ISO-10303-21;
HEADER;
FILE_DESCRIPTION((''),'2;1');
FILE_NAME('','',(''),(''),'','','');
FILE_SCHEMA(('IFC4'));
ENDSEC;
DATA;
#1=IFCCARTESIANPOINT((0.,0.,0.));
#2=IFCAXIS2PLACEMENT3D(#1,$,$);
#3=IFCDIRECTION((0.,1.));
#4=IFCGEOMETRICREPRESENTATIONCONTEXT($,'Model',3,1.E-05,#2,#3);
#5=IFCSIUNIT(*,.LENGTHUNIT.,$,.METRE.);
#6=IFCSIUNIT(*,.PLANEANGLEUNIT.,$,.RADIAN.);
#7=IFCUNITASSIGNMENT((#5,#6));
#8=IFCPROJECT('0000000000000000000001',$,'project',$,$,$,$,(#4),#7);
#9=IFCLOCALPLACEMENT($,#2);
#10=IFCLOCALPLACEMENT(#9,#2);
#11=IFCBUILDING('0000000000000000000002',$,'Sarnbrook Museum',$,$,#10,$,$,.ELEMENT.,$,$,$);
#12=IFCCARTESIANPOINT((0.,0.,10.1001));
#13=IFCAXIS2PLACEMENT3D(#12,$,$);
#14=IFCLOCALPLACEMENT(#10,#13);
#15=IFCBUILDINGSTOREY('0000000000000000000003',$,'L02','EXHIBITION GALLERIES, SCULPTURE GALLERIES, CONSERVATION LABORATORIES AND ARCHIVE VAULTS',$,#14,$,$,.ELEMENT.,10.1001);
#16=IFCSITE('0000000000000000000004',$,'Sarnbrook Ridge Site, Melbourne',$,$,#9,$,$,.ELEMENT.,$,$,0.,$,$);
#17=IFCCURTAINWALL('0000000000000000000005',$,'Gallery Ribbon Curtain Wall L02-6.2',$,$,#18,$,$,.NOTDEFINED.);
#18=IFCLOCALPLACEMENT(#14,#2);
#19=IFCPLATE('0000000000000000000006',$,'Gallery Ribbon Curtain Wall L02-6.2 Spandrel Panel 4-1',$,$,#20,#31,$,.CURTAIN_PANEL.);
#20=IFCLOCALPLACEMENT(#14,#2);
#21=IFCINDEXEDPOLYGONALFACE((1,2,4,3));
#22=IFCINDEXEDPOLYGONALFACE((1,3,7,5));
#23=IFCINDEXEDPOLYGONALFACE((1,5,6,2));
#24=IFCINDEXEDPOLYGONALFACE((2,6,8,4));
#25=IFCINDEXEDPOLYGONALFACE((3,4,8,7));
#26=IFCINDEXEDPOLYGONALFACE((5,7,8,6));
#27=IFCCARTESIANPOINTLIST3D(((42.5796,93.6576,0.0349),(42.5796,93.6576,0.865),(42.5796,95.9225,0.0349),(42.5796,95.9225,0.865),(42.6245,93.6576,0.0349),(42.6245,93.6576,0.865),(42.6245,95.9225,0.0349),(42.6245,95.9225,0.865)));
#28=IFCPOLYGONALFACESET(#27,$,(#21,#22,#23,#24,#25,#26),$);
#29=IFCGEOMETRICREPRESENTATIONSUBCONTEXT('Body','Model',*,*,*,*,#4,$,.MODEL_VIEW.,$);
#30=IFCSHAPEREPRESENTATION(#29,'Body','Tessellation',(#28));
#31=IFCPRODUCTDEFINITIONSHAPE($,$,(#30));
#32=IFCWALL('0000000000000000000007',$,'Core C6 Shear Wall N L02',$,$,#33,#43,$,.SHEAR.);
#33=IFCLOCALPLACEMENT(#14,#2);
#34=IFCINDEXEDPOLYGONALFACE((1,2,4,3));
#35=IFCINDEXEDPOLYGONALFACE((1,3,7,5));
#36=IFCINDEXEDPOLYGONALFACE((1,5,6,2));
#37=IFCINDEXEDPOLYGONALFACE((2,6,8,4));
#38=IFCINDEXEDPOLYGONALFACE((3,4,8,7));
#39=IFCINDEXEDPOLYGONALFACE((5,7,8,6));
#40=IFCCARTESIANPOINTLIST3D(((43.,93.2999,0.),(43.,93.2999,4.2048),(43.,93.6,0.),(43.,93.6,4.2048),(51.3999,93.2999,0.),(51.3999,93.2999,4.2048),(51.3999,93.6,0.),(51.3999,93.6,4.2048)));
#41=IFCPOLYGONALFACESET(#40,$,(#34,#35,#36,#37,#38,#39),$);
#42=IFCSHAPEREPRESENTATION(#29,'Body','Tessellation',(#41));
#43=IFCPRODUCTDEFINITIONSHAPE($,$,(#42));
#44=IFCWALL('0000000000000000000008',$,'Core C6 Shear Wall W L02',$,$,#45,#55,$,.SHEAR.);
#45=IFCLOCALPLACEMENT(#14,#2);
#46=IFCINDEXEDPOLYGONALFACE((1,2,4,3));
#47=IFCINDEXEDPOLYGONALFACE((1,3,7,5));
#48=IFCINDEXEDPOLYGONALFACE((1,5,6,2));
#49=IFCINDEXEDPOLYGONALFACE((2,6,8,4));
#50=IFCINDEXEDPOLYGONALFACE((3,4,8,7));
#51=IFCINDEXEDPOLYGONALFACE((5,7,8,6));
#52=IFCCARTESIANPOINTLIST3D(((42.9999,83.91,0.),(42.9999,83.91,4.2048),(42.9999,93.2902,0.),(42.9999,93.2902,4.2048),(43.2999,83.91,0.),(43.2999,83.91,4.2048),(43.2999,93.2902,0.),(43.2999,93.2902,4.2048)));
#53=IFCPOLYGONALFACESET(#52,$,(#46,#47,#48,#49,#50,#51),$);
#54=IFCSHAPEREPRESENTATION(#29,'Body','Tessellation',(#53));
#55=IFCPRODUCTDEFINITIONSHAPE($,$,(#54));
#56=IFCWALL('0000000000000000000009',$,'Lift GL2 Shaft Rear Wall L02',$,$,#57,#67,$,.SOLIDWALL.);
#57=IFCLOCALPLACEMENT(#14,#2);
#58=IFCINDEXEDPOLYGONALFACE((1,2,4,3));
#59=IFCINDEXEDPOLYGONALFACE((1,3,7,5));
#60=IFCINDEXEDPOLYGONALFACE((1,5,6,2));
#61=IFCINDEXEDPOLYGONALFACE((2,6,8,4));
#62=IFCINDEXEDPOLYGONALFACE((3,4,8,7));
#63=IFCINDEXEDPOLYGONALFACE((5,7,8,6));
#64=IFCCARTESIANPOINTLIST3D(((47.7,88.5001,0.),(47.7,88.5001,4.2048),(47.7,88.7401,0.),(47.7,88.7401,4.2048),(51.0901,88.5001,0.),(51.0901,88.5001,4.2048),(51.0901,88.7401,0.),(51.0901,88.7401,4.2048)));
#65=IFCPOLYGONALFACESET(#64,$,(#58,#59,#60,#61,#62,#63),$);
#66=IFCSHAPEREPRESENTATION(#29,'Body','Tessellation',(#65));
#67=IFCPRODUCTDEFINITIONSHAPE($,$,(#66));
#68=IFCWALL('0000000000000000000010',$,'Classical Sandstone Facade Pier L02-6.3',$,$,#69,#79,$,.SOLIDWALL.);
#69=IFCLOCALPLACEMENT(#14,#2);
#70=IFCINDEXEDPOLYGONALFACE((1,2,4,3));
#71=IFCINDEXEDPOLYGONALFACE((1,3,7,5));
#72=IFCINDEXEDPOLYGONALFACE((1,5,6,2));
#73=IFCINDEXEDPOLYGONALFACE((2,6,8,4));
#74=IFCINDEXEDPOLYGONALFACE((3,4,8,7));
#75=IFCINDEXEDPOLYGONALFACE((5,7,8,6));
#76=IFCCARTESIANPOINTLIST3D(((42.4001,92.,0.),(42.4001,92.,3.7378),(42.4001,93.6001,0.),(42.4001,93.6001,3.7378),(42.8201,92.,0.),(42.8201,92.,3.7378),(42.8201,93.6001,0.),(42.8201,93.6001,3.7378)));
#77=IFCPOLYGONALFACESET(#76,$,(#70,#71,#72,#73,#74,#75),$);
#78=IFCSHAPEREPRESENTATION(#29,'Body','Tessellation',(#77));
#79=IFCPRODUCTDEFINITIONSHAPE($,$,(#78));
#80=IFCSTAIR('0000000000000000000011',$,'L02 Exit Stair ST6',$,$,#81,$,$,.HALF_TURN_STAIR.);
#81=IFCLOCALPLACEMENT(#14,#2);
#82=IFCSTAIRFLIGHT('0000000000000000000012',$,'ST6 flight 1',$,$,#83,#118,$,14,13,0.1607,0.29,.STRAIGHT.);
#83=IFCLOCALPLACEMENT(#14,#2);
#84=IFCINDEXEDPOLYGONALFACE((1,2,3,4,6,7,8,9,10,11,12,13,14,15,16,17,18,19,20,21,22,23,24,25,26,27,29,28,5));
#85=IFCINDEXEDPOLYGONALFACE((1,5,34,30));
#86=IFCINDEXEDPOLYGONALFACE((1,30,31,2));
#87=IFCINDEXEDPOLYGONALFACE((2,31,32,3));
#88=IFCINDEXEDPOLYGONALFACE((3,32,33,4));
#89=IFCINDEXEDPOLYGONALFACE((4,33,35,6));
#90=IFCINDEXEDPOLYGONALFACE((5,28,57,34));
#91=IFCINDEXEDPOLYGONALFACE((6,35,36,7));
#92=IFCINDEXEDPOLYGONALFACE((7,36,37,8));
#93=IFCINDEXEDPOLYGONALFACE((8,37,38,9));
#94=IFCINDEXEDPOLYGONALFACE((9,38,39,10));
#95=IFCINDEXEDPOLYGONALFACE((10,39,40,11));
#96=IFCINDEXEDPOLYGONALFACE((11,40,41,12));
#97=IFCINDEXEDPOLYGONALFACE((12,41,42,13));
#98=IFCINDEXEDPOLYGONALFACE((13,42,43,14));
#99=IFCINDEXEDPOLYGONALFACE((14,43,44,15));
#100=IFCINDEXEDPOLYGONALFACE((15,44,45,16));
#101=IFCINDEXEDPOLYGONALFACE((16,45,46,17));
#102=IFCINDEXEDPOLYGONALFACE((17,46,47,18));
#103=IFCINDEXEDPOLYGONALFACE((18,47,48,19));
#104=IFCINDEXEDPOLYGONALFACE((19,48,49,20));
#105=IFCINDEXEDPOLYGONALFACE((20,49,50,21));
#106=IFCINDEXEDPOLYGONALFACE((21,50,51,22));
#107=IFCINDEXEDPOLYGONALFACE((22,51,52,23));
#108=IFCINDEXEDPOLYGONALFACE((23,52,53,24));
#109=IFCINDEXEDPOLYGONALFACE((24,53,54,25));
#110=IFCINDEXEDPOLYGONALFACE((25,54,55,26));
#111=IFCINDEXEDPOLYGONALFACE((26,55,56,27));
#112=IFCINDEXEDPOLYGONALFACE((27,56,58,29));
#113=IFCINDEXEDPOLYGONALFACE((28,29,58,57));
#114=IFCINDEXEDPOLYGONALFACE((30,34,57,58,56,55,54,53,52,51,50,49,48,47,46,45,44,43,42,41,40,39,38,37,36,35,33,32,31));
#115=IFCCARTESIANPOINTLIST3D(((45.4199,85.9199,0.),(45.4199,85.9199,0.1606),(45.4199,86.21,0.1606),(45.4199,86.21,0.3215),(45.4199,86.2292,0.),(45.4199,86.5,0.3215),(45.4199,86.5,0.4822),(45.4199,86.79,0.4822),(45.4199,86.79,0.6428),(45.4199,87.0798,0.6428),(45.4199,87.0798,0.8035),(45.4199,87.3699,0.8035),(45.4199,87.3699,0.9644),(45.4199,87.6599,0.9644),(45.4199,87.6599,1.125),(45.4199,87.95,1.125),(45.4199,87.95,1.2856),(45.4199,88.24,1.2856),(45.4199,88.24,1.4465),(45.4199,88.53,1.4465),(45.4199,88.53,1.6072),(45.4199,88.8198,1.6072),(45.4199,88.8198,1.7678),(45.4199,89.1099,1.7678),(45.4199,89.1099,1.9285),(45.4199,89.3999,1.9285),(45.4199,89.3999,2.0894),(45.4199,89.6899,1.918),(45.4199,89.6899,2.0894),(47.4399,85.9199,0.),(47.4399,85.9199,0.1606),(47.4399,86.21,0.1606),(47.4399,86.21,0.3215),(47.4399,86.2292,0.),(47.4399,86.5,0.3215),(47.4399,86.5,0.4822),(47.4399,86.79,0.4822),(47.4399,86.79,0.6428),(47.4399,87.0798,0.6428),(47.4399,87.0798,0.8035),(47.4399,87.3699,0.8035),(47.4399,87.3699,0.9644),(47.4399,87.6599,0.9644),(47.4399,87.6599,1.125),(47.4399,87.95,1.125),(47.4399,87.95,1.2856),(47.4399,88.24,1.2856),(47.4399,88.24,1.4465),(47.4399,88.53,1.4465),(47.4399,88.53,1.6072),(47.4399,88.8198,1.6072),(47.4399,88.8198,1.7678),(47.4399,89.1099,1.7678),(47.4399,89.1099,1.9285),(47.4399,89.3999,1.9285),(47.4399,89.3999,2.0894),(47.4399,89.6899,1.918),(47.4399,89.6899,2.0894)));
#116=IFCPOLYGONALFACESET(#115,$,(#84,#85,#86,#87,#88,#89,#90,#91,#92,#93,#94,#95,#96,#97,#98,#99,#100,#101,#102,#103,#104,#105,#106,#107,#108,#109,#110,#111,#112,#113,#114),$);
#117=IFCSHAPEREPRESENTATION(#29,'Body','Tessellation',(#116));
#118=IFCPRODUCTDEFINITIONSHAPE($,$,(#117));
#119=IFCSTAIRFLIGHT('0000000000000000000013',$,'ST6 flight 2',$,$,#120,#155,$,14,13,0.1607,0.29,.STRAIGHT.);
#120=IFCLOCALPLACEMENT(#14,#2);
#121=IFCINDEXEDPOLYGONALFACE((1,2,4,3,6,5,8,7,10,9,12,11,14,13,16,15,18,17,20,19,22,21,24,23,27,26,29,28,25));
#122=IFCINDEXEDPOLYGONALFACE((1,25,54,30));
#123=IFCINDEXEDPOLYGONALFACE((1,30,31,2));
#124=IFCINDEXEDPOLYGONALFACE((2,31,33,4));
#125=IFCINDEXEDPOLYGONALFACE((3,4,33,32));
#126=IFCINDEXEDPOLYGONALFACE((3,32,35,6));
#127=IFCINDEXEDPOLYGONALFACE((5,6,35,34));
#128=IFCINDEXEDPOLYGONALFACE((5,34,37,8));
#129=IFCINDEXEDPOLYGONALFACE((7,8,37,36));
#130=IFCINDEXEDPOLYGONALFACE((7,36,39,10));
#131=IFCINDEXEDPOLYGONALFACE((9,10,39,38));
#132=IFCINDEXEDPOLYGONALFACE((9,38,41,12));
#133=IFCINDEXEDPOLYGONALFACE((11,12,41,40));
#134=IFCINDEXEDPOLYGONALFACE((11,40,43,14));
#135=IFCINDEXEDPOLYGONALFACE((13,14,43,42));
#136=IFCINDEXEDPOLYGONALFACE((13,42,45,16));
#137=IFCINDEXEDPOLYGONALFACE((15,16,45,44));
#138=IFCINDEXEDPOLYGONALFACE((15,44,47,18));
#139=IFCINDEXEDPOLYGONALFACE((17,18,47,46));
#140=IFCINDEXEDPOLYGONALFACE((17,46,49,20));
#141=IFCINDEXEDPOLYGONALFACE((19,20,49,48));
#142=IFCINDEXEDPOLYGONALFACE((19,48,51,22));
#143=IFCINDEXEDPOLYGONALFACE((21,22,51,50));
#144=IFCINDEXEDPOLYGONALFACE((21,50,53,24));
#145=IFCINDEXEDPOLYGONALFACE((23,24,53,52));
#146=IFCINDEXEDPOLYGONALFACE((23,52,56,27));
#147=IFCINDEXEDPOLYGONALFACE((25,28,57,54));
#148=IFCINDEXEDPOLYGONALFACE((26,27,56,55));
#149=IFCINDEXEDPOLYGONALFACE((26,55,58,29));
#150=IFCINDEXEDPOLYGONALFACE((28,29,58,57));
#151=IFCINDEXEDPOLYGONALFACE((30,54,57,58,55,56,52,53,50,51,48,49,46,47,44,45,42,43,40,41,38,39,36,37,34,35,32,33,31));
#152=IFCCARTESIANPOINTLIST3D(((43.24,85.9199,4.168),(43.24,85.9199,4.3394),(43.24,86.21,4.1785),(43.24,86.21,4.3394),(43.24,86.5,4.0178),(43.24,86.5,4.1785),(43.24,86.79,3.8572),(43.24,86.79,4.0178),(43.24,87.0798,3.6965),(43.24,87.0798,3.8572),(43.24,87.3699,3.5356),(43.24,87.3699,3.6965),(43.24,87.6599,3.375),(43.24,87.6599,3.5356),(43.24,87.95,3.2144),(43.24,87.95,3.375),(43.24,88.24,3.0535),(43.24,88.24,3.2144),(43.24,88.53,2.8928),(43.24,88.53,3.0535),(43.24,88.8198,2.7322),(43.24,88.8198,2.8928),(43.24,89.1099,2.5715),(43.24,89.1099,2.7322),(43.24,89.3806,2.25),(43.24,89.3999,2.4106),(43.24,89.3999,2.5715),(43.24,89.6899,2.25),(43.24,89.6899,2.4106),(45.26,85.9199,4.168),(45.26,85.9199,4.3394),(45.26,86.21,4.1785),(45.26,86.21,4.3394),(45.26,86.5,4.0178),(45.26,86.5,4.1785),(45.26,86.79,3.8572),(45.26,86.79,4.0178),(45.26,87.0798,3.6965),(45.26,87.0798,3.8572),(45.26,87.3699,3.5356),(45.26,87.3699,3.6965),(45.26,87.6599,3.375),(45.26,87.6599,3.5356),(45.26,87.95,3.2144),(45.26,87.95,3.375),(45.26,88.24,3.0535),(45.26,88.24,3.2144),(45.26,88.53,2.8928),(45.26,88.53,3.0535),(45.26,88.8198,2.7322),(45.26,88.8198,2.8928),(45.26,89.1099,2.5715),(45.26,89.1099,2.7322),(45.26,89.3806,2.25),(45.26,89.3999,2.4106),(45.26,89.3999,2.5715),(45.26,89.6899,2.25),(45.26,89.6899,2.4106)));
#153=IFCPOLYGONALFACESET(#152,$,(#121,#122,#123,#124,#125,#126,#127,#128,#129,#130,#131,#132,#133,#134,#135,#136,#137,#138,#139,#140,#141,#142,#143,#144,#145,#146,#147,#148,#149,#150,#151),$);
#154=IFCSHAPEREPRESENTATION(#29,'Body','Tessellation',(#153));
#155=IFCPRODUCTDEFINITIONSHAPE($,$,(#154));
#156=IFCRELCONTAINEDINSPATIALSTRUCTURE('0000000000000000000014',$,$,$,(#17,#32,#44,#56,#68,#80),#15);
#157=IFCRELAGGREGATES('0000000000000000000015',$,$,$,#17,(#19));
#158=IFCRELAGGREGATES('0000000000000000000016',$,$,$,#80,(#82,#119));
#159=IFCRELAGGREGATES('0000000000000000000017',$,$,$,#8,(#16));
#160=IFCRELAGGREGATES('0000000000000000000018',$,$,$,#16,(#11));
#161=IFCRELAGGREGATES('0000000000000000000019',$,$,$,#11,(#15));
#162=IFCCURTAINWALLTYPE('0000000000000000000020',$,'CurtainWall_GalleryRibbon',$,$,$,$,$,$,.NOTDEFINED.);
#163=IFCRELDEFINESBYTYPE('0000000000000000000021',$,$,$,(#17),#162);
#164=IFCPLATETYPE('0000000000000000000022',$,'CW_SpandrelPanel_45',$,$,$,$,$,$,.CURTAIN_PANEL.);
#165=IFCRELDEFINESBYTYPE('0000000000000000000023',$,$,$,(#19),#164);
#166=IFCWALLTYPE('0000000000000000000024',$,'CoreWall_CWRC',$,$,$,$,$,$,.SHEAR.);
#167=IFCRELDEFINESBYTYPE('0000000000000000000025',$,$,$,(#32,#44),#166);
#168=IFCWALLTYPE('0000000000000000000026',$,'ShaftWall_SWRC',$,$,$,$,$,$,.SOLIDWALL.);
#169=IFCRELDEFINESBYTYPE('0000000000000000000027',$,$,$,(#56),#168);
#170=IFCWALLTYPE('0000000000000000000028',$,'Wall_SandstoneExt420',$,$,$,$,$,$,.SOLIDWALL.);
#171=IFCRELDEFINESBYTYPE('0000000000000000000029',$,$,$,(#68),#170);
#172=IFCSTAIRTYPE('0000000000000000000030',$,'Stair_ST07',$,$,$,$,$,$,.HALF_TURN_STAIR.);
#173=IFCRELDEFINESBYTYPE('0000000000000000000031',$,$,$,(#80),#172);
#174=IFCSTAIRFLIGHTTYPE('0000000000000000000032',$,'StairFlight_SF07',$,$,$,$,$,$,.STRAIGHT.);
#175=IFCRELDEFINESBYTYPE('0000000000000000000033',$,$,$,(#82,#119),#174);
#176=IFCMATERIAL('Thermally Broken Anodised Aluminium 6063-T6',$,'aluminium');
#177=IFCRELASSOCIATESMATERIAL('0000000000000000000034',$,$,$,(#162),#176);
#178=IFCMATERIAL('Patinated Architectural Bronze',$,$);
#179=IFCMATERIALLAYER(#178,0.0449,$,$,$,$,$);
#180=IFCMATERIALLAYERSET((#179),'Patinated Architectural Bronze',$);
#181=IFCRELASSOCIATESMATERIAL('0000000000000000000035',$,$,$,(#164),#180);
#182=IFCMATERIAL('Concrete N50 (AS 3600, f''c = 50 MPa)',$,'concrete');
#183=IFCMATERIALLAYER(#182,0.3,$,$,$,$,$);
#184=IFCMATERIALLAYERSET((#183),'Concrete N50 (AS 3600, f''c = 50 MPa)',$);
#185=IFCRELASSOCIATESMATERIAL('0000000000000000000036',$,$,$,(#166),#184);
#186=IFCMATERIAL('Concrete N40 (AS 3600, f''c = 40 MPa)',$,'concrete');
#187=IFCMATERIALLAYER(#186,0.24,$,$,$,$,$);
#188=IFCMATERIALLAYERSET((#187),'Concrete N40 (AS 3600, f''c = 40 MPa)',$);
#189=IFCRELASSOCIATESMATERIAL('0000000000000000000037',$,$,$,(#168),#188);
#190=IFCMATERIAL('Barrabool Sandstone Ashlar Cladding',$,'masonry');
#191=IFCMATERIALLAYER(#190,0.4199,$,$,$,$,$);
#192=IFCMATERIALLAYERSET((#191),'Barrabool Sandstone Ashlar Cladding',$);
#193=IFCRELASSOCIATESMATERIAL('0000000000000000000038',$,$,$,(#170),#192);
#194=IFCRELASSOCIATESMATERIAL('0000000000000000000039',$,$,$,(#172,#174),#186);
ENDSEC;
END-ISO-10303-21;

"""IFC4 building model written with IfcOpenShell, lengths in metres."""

from ifc_helpers import new_model, si_unit, direction, frame, frame_2d, origin, origin_2d, place, context, subcontext, project, spatial, polyline, rectangle, outline, extrude, material, layer, layer_set, type_object, element, aggregate, save


model = new_model("IFC4")

# Units and contexts
model_context = context("Model", 3, precision=1e-05, world=origin(), true_north=direction((0.0, 1.0)))
body_context = subcontext(model_context, "Body", "Model", "MODEL_VIEW")
ifc_project = project(units=[si_unit("LENGTHUNIT", "METRE"), si_unit("PLANEANGLEUNIT", "RADIAN")], contexts=[model_context])

# Site, building, storey
site_placement = place(None, origin())
site = spatial("IfcSite", under=ifc_project, at=site_placement, Name="Sarnbrook Ridge Site, Melbourne", CompositionType="ELEMENT", RefElevation=0.0)
building_placement = place(site_placement, origin())
building = spatial("IfcBuilding", under=site, at=building_placement, Name="Sarnbrook Museum", CompositionType="ELEMENT")
storey_placement = place(building_placement, frame((0.0, 0.0, 10.1001)))
storey = spatial("IfcBuildingStorey", under=building, at=storey_placement, Name="L02", Description="EXHIBITION GALLERIES, SCULPTURE GALLERIES, CONSERVATION LABORATORIES AND ARCHIVE VAULTS", CompositionType="ELEMENT", Elevation=10.1001)

# Curtain wall
ifc_material_1 = material(Name="Thermally Broken Anodised Aluminium 6063-T6", Category="aluminium")
curtain_wall_type = type_object("IfcCurtainWallType", Name="CurtainWall_GalleryRibbon", PredefinedType="NOTDEFINED", material=ifc_material_1)
curtain_wall_placement = place(storey_placement, origin())
curtain_wall = element("IfcCurtainWall", 1, at=curtain_wall_placement, inside=storey, type_object=curtain_wall_type, Name="Gallery Ribbon Curtain Wall L02-6.2", PredefinedType="NOTDEFINED")

# Plate
ifc_material_2 = material(Name="Patinated Architectural Bronze")
ifc_layer_1 = layer(ifc_material_2, 0.0449)
ifc_layer_set_1 = layer_set([ifc_layer_1], Name="Patinated Architectural Bronze")
plate_type_1 = type_object("IfcPlateType", Name="CW_SpandrelPanel_45", PredefinedType="CURTAIN_PANEL", material=ifc_layer_set_1)
plate_1_placement = place(storey_placement, frame((42.6245, 94.79, 0.45), z_axis=(-1.0, 0.0, 0.0), x_axis=(0.0, -1.0, 0.0)))
plate_1 = element("IfcPlate", 2, at=plate_1_placement, type_object=plate_type_1, Name="Gallery Ribbon Curtain Wall L02-6.2 Spandrel Panel 4-1", PredefinedType="CURTAIN_PANEL", context=body_context, shape_type="SweptSolid", body=[
    extrude(rectangle(XDim=2.2649, YDim=0.8301, at=origin_2d()), origin(), (0.0, 0.0, 1.0), 0.0449),
])
aggregate(curtain_wall, [plate_1])

# Walls
ifc_material_3 = material(Name="Concrete N50 (AS 3600, f'c = 50 MPa)", Category="concrete")
ifc_layer_2 = layer(ifc_material_3, 0.3)
ifc_layer_set_2 = layer_set([ifc_layer_2], Name="Concrete N50 (AS 3600, f'c = 50 MPa)")
wall_type_1 = type_object("IfcWallType", Name="CoreWall_CWRC", PredefinedType="SHEAR", material=ifc_layer_set_2)
wall_1_placement = place(storey_placement, frame((51.3999, 93.45, 0.0), z_axis=(0.0, 0.0, 1.0), x_axis=(-1.0, 0.0, 0.0)))
element("IfcWall", 3, at=wall_1_placement, inside=storey, type_object=wall_type_1, Name="Core C6 Shear Wall N L02", PredefinedType="SHEAR", context=body_context, shape_type="SweptSolid", body=[
    extrude(rectangle(XDim=8.3999, YDim=0.3, at=frame_2d((4.2, 0.0))), origin(), (0.0, 0.0, 1.0), 4.2048),
])
wall_2_placement = place(storey_placement, frame((43.1499, 93.29, 0.0), z_axis=(0.0, 0.0, 1.0), x_axis=(0.0, -1.0, 0.0)))
element("IfcWall", 4, at=wall_2_placement, inside=storey, type_object=wall_type_1, Name="Core C6 Shear Wall W L02", PredefinedType="SHEAR", context=body_context, shape_type="SweptSolid", body=[
    extrude(rectangle(XDim=9.3801, YDim=0.3, at=frame_2d((4.6899, 0.0))), origin(), (0.0, 0.0, 1.0), 4.2048),
])
ifc_material_4 = material(Name="Concrete N40 (AS 3600, f'c = 40 MPa)", Category="concrete")
ifc_layer_3 = layer(ifc_material_4, 0.24)
ifc_layer_set_3 = layer_set([ifc_layer_3], Name="Concrete N40 (AS 3600, f'c = 40 MPa)")
wall_type_2 = type_object("IfcWallType", Name="ShaftWall_SWRC", PredefinedType="SOLIDWALL", material=ifc_layer_set_3)
wall_3_placement = place(storey_placement, frame((47.7, 88.6201, 0.0), z_axis=(0.0, 0.0, 1.0), x_axis=(1.0, 0.0, 0.0)))
element("IfcWall", 5, at=wall_3_placement, inside=storey, type_object=wall_type_2, Name="Lift GL2 Shaft Rear Wall L02", PredefinedType="SOLIDWALL", context=body_context, shape_type="SweptSolid", body=[
    extrude(rectangle(XDim=3.3901, YDim=0.24, at=frame_2d((1.6951, 0.0))), origin(), (0.0, 0.0, 1.0), 4.2048),
])
ifc_material_5 = material(Name="Barrabool Sandstone Ashlar Cladding", Category="masonry")
ifc_layer_4 = layer(ifc_material_5, 0.4199)
ifc_layer_set_4 = layer_set([ifc_layer_4], Name="Barrabool Sandstone Ashlar Cladding")
wall_type_3 = type_object("IfcWallType", Name="Wall_SandstoneExt420", PredefinedType="SOLIDWALL", material=ifc_layer_set_4)
wall_4_placement = place(storey_placement, frame((42.6101, 93.6001, 0.0), z_axis=(0.0, 0.0, 1.0), x_axis=(0.0, -1.0, 0.0)))
element("IfcWall", 6, at=wall_4_placement, inside=storey, type_object=wall_type_3, Name="Classical Sandstone Facade Pier L02-6.3", PredefinedType="SOLIDWALL", context=body_context, shape_type="SweptSolid", body=[
    extrude(rectangle(XDim=1.6001, YDim=0.4199, at=frame_2d((0.8, 0.0))), origin(), (0.0, 0.0, 1.0), 3.7378),
])

# Stair, stair flights
stair_type = type_object("IfcStairType", Name="Stair_ST07", PredefinedType="HALF_TURN_STAIR", material=ifc_material_4)
stair_placement = place(storey_placement, origin())
stair = element("IfcStair", 7, at=stair_placement, inside=storey, type_object=stair_type, Name="L02 Exit Stair ST6", PredefinedType="HALF_TURN_STAIR")
stair_flight_type = type_object("IfcStairFlightType", Name="StairFlight_SF07", PredefinedType="STRAIGHT", material=ifc_material_4)
stair_flight_1_placement = place(storey_placement, frame((46.4299, 85.9199, 0.0), z_axis=(0.0, 0.0, 1.0), x_axis=(0.0, 1.0, 0.0)))
stair_flight_1 = element("IfcStairFlight", 8, at=stair_flight_1_placement, type_object=stair_flight_type, Name="ST6 flight 1", NumberOfRisers=14, NumberOfTreads=13, PredefinedType="STRAIGHT", RiserHeight=0.1607, TreadLength=0.29, context=body_context, shape_type="SweptSolid", body=[
    extrude(outline(polyline([(0.0, 0.0), (0.0, 0.1606), (0.29, 0.1606), (0.29, 0.3215), (0.5801, 0.3215), (0.5801, 0.4822), (0.8701, 0.4822), (0.8701, 0.6428), (1.1599, 0.6428), (1.1599, 0.8035), (1.45, 0.8035), (1.45, 0.9644), (1.74, 0.9644), (1.74, 1.125), (2.03, 1.125), (2.03, 1.2856), (2.3201, 1.2856), (2.3201, 1.4465), (2.6101, 1.4465), (2.6101, 1.6072), (2.8999, 1.6072), (2.8999, 1.7678), (3.1899, 1.7678), (3.1899, 1.9285), (3.48, 1.9285), (3.48, 2.0894), (3.77, 2.0894), (3.77, 2.25), (3.77, 1.918), (0.3093, 0.0), (0.0, 0.0)])), frame((0.0, 1.01, 0.0), z_axis=(0.0, -1.0, 0.0), x_axis=(1.0, 0.0, 0.0)), (0.0, 0.0, 1.0), 2.02),
])
stair_flight_2_placement = place(storey_placement, frame((44.25, 89.6899, 2.25), z_axis=(0.0, 0.0, 1.0), x_axis=(0.0, -1.0, 0.0)))
stair_flight_2 = element("IfcStairFlight", 9, at=stair_flight_2_placement, type_object=stair_flight_type, Name="ST6 flight 2", NumberOfRisers=14, NumberOfTreads=13, PredefinedType="STRAIGHT", RiserHeight=0.1607, TreadLength=0.29, context=body_context, shape_type="SweptSolid", body=[
    extrude(outline(polyline([(0.0, 0.0), (0.0, 0.1606), (0.29, 0.1606), (0.29, 0.3215), (0.5801, 0.3215), (0.5801, 0.4822), (0.8701, 0.4822), (0.8701, 0.6428), (1.1599, 0.6428), (1.1599, 0.8035), (1.45, 0.8035), (1.45, 0.9644), (1.74, 0.9644), (1.74, 1.125), (2.03, 1.125), (2.03, 1.2856), (2.3201, 1.2856), (2.3201, 1.4465), (2.6101, 1.4465), (2.6101, 1.6072), (2.8999, 1.6072), (2.8999, 1.7678), (3.1899, 1.7678), (3.1899, 1.9285), (3.48, 1.9285), (3.48, 2.0894), (3.77, 2.0894), (3.77, 2.25), (3.77, 1.918), (0.3093, 0.0), (0.0, 0.0)])), frame((0.0, 1.01, 0.0), z_axis=(0.0, -1.0, 0.0), x_axis=(1.0, 0.0, 0.0)), (0.0, 0.0, 1.0), 2.02),
])
aggregate(stair, [stair_flight_1, stair_flight_2])

save(model, "model.ifc")
